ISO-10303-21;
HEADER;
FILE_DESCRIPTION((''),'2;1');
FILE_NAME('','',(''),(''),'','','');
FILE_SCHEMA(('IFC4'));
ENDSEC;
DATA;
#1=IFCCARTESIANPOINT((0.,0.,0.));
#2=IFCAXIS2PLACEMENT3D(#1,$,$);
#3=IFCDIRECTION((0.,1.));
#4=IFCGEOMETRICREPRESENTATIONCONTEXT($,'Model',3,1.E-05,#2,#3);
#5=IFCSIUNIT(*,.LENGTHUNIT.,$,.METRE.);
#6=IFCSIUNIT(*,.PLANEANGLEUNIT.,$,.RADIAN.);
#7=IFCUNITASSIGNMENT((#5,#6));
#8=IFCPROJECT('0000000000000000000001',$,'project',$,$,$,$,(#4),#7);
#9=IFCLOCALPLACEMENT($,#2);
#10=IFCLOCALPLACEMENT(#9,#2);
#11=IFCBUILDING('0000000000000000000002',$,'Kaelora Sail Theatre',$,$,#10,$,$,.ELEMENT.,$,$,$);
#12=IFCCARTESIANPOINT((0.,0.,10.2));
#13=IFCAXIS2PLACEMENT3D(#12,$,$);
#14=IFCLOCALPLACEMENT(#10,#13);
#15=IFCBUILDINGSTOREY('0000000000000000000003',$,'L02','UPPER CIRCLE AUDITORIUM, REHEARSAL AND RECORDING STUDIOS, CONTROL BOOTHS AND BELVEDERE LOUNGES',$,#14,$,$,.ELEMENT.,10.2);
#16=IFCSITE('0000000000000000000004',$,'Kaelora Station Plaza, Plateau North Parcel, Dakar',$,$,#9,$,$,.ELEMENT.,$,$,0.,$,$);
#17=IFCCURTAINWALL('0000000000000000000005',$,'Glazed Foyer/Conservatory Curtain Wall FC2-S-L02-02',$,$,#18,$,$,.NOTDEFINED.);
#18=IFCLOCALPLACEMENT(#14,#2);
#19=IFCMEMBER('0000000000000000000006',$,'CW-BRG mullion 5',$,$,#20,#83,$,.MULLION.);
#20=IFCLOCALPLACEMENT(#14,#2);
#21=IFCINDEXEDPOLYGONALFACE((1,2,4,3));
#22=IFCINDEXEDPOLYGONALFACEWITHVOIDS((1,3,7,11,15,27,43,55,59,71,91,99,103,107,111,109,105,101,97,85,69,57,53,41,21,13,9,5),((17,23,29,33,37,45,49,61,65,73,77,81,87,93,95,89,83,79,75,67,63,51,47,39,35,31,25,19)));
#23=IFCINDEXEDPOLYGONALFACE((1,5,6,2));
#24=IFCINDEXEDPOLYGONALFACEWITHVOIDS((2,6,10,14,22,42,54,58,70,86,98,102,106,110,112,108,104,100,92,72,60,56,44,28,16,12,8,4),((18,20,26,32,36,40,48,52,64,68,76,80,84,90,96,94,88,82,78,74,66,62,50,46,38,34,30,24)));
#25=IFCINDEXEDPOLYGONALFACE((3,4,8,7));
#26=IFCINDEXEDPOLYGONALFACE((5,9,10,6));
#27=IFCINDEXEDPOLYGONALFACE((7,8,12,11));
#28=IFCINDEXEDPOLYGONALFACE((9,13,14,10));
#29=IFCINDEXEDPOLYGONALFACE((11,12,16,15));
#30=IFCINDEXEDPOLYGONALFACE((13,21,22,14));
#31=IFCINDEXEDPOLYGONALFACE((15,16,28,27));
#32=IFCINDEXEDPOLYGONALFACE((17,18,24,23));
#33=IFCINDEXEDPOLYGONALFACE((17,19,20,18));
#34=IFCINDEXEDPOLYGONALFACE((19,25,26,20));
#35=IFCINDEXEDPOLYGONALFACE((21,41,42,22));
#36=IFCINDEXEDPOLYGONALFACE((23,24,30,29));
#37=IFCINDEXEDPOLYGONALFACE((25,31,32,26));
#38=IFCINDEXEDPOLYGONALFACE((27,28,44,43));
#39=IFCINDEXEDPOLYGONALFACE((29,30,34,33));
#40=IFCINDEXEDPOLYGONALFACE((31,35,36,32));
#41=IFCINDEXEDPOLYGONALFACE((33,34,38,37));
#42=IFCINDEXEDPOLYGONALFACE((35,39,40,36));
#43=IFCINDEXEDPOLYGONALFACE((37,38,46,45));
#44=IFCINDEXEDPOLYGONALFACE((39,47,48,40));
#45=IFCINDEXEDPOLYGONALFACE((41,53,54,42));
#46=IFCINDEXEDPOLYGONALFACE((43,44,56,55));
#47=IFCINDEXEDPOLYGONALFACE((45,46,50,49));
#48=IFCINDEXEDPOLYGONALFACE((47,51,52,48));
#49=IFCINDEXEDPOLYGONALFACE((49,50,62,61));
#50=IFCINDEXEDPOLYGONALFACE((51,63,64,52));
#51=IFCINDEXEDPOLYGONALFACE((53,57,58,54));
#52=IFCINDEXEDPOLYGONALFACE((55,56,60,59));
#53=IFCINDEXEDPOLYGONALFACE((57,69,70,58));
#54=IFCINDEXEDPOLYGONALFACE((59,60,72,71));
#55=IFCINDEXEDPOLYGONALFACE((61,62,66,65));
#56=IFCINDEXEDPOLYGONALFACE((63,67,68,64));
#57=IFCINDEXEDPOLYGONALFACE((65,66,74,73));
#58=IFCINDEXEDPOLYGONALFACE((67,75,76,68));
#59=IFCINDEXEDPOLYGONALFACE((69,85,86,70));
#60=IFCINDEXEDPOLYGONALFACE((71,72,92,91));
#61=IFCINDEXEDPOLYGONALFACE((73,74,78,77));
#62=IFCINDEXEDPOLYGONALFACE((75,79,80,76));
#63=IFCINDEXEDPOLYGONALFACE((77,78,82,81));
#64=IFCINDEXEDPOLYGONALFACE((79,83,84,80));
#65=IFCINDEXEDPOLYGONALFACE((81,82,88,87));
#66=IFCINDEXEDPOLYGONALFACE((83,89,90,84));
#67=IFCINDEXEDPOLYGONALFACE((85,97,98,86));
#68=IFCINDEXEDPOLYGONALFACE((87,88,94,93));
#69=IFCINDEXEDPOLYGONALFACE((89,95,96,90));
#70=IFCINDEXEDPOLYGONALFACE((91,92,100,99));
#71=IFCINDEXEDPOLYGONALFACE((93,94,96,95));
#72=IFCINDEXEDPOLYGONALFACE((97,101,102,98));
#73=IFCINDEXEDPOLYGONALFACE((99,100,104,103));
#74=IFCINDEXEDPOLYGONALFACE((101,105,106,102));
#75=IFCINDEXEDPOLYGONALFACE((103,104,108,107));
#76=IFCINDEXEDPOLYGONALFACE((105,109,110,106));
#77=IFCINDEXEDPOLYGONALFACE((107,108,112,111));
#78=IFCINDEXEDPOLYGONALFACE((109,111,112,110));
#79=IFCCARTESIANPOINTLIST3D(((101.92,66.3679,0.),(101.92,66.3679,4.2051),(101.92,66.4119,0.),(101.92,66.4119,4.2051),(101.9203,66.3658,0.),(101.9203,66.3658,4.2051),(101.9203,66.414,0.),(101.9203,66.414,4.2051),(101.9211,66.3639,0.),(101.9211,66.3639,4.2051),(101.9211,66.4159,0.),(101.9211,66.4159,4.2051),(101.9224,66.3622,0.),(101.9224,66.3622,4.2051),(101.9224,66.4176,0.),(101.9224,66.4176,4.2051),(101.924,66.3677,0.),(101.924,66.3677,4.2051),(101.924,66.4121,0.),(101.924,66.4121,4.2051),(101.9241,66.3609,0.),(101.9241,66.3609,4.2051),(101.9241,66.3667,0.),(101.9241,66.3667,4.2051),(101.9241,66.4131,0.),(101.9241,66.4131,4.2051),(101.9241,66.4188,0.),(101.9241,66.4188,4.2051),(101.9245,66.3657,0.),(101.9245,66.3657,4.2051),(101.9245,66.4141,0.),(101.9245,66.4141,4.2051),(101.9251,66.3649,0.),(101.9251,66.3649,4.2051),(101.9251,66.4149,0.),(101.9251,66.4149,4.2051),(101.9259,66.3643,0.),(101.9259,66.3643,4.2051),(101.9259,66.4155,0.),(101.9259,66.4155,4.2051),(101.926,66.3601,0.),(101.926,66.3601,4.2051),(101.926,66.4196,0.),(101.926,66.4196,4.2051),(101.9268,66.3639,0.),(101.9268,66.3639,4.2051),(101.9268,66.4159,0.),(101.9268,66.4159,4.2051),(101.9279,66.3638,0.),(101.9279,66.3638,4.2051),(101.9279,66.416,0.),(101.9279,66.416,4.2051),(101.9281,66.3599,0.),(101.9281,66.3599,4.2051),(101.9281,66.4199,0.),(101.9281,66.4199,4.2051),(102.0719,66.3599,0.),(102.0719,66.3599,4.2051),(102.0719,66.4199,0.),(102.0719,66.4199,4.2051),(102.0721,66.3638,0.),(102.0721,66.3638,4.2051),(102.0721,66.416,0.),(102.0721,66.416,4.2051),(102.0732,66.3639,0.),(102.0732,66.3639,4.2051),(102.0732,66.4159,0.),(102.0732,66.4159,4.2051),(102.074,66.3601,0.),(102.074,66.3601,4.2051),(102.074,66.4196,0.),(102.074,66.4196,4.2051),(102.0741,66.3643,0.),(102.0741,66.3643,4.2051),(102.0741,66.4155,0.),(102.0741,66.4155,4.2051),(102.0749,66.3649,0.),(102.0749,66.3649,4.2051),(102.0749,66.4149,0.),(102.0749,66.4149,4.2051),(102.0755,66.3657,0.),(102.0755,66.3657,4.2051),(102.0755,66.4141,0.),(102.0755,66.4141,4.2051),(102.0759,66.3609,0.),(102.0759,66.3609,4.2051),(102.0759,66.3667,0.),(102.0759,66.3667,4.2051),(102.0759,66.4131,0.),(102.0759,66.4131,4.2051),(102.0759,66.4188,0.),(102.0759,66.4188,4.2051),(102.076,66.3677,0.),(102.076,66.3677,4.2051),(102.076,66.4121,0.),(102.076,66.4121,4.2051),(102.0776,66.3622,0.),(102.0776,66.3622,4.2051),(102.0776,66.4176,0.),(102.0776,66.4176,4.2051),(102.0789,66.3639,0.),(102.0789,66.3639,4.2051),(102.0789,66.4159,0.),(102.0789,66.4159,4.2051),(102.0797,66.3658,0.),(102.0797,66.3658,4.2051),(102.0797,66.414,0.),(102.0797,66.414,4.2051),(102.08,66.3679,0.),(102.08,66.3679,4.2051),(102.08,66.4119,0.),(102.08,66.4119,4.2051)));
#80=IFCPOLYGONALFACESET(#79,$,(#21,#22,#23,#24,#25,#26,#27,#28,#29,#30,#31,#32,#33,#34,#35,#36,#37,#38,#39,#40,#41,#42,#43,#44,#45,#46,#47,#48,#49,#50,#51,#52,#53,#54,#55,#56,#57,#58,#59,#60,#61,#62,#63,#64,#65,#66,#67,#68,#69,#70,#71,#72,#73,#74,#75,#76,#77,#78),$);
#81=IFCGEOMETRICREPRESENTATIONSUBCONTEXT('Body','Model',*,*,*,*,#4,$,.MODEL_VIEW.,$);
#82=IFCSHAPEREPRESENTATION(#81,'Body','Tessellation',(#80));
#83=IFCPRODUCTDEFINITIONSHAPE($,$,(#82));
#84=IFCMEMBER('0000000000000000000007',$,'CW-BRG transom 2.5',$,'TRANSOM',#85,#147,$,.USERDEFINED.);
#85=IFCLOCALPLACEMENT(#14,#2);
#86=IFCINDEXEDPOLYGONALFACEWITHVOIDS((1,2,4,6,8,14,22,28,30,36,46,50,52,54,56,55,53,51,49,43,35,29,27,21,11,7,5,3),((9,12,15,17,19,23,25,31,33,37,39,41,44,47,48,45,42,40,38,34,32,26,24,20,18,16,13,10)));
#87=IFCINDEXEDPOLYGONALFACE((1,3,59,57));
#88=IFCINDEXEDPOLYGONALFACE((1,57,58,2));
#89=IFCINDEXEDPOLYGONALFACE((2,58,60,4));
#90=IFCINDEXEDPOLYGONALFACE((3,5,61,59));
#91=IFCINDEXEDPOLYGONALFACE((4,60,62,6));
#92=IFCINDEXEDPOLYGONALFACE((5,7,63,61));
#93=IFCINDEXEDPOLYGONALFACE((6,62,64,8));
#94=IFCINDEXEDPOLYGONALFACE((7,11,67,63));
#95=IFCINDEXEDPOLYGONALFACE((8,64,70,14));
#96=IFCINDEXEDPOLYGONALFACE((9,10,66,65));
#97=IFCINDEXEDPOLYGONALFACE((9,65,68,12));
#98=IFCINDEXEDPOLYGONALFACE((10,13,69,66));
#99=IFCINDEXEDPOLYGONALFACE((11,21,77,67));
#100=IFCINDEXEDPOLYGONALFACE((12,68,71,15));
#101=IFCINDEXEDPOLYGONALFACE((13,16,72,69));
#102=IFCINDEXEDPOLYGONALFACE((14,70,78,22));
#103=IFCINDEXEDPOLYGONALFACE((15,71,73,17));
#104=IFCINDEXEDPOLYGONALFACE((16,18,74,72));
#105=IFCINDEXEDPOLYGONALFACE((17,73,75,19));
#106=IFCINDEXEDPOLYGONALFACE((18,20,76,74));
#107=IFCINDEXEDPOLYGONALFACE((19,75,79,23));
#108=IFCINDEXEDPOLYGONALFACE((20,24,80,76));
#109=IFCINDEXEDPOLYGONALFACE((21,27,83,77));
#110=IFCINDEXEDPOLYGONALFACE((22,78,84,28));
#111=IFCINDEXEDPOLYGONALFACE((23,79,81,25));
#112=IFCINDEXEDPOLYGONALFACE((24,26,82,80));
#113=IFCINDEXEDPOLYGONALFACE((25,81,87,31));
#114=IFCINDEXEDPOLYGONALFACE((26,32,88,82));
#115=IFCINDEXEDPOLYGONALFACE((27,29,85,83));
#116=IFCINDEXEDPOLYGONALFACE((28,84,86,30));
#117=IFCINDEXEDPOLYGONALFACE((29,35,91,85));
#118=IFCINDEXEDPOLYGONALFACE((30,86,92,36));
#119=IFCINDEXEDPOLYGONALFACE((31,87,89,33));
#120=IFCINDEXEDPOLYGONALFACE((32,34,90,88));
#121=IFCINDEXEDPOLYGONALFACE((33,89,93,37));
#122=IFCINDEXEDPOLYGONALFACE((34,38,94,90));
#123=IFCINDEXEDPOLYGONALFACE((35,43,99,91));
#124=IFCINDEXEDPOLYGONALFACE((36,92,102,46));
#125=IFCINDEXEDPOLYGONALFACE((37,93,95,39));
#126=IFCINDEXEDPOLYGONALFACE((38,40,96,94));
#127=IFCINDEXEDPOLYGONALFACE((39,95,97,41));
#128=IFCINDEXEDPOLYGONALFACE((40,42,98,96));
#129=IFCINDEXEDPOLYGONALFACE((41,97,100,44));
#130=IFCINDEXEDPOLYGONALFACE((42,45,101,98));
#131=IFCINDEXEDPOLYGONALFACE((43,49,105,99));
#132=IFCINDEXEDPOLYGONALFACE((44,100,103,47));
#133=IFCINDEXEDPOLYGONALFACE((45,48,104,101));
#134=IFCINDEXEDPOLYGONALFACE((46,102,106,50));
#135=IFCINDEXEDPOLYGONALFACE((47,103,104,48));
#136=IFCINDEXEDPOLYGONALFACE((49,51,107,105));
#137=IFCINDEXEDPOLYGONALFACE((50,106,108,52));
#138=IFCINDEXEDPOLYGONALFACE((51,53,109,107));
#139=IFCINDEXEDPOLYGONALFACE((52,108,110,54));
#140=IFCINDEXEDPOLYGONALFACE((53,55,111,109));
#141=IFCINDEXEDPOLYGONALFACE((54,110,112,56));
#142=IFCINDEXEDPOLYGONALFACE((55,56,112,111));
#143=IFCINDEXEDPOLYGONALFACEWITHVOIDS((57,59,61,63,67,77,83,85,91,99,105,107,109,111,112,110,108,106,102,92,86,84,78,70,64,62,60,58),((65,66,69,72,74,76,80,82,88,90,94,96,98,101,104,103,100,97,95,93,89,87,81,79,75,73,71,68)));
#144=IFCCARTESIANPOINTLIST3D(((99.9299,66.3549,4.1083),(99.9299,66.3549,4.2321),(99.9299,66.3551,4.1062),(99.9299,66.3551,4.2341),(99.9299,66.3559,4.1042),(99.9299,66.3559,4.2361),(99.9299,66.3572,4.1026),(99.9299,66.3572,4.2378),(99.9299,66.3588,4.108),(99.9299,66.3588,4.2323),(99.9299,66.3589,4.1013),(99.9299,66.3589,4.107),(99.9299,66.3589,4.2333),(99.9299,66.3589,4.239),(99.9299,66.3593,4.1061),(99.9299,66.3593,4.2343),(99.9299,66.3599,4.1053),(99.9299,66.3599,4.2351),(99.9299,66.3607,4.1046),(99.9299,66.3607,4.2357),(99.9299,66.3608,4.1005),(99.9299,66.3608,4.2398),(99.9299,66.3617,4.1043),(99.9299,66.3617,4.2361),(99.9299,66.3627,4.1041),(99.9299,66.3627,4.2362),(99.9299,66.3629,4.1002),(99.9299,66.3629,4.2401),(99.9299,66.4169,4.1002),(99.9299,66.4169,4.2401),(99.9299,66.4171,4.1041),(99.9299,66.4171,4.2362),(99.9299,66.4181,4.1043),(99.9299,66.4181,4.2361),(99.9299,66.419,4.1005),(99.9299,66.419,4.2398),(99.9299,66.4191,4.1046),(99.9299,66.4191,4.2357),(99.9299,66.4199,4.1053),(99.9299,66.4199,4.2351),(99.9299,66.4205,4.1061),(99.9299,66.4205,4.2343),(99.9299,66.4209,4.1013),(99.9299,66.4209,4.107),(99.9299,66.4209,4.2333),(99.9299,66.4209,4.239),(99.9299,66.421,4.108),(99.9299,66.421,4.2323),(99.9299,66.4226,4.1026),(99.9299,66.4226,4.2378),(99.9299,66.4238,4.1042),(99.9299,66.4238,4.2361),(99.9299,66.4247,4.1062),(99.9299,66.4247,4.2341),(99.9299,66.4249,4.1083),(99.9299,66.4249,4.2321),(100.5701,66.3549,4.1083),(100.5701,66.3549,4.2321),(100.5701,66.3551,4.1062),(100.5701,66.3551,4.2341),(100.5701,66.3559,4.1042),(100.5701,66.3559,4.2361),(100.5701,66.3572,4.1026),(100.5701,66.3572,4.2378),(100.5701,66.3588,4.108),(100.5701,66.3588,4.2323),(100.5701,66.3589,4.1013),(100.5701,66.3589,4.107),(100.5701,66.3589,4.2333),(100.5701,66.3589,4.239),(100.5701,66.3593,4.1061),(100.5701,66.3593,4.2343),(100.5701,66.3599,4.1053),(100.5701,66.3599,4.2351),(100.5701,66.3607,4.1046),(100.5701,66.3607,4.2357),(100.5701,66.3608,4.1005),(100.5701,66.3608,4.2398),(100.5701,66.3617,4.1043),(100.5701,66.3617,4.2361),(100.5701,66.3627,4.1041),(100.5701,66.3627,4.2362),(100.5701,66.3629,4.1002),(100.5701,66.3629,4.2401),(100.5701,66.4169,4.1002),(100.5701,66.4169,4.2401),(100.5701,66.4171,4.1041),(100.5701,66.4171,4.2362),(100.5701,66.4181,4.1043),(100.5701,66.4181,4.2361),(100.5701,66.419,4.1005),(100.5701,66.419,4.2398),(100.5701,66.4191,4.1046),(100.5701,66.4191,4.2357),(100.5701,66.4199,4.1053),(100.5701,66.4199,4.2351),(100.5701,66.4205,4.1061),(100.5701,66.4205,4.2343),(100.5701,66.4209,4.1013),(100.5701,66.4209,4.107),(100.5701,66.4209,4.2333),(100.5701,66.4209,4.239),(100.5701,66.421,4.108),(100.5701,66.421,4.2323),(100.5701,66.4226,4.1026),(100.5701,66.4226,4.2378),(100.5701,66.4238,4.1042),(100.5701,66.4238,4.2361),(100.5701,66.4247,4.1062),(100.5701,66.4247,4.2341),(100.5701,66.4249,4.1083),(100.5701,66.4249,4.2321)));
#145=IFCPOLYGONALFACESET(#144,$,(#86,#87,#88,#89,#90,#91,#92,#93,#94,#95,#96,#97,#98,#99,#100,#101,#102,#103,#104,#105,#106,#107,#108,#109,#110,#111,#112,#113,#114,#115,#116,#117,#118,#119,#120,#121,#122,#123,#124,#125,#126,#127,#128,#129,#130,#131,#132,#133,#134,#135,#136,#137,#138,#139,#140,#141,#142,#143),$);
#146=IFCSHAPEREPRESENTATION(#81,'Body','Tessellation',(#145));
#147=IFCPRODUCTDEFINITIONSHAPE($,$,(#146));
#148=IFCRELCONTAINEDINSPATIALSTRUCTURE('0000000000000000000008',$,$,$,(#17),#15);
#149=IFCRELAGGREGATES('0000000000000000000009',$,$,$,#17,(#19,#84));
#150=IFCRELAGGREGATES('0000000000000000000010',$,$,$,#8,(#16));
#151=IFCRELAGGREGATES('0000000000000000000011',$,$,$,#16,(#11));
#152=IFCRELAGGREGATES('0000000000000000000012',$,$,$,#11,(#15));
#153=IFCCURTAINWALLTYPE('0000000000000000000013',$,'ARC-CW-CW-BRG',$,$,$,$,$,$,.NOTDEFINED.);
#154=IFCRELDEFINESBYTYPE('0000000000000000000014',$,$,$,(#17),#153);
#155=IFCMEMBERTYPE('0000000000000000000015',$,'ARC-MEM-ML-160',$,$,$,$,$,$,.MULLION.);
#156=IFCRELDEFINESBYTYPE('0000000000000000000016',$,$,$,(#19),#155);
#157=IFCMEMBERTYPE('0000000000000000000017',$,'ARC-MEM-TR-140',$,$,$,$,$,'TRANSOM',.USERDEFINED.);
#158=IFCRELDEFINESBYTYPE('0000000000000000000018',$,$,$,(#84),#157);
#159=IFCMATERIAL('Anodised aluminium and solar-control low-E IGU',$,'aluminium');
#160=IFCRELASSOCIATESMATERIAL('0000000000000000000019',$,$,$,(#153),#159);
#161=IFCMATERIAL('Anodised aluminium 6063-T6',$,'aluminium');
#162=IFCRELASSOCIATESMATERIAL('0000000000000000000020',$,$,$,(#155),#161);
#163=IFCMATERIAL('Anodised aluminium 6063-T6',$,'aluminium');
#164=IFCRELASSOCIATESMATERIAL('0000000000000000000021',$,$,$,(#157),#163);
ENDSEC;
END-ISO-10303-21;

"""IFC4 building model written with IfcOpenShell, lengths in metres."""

from ifc_helpers import new_model, si_unit, direction, frame, origin, origin_2d, place, context, subcontext, project, spatial, hollow_rectangle, extrude, material, material_profile, profile_set, type_object, element, aggregate, save


model = new_model("IFC4")

# Units and contexts
model_context = context("Model", 3, precision=1e-05, world=origin(), true_north=direction((0.0, 1.0)))
body_context = subcontext(model_context, "Body", "Model", "MODEL_VIEW")
ifc_project = project(units=[si_unit("LENGTHUNIT", "METRE"), si_unit("PLANEANGLEUNIT", "RADIAN")], contexts=[model_context])

# Site, building, storey
site_placement = place(None, origin())
site = spatial("IfcSite", under=ifc_project, at=site_placement, Name="Kaelora Station Plaza, Plateau North Parcel, Dakar", CompositionType="ELEMENT", RefElevation=0.0)
building_placement = place(site_placement, origin())
building = spatial("IfcBuilding", under=site, at=building_placement, Name="Kaelora Sail Theatre", CompositionType="ELEMENT")
storey_placement = place(building_placement, frame((0.0, 0.0, 10.2)))
storey = spatial("IfcBuildingStorey", under=building, at=storey_placement, Name="L02", Description="UPPER CIRCLE AUDITORIUM, REHEARSAL AND RECORDING STUDIOS, CONTROL BOOTHS AND BELVEDERE LOUNGES", CompositionType="ELEMENT", Elevation=10.2)

# Curtain wall, members
ifc_material_1 = material(Name="Anodised aluminium and solar-control low-E IGU", Category="aluminium")
curtain_wall_type = type_object("IfcCurtainWallType", Name="ARC-CW-CW-BRG", PredefinedType="NOTDEFINED", material=ifc_material_1)
curtain_wall_placement = place(storey_placement, origin())
curtain_wall = element("IfcCurtainWall", 1, at=curtain_wall_placement, inside=storey, type_object=curtain_wall_type, Name="Glazed Foyer/Conservatory Curtain Wall FC2-S-L02-02", PredefinedType="NOTDEFINED")
ifc_material_2 = material(Name="Anodised aluminium 6063-T6", Category="aluminium")
ifc_material_profile_1 = material_profile(ifc_material_2, hollow_rectangle(XDim=0.0601, YDim=0.1599, WallThickness=0.0039, InnerFilletRadius=0.0039, OuterFilletRadius=0.0081, at=origin_2d()), Name="ALU-MULL 60x160x4")
ifc_profile_set_1 = profile_set([ifc_material_profile_1], Name="Anodised aluminium 6063-T6")
member_type_1 = type_object("IfcMemberType", Name="ARC-MEM-ML-160", PredefinedType="MULLION", material=ifc_profile_set_1)
member_1_placement = place(storey_placement, frame((102.0, 66.3899, 0.0), z_axis=(0.0, 0.0, 1.0), x_axis=(0.0, 1.0, 0.0)))
member_1 = element("IfcMember", 2, at=member_1_placement, type_object=member_type_1, Name="CW-BRG mullion 5", PredefinedType="MULLION", context=body_context, shape_type="SweptSolid", body=[
    extrude(hollow_rectangle(XDim=0.0601, YDim=0.1599, WallThickness=0.0039, InnerFilletRadius=0.0039, OuterFilletRadius=0.0081, at=origin_2d()), origin(), (0.0, 0.0, 1.0), 4.2051),
])
ifc_material_3 = material(Name="Anodised aluminium 6063-T6", Category="aluminium")
ifc_material_profile_2 = material_profile(ifc_material_3, hollow_rectangle(XDim=0.0701, YDim=0.1399, WallThickness=0.0039, InnerFilletRadius=0.0039, OuterFilletRadius=0.0081, at=origin_2d()), Name="ALU-TRAN 70x140x4")
ifc_profile_set_2 = profile_set([ifc_material_profile_2], Name="Anodised aluminium 6063-T6")
member_type_2 = type_object("IfcMemberType", Name="ARC-MEM-TR-140", ElementType="TRANSOM", PredefinedType="USERDEFINED", material=ifc_profile_set_2)
member_2_placement = place(storey_placement, frame((99.9299, 66.3899, 4.1702), z_axis=(1.0, 0.0, 0.0), x_axis=(0.0, 1.0, 0.0)))
member_2 = element("IfcMember", 3, at=member_2_placement, type_object=member_type_2, Name="CW-BRG transom 2.5", ObjectType="TRANSOM", PredefinedType="USERDEFINED", context=body_context, shape_type="SweptSolid", body=[
    extrude(hollow_rectangle(XDim=0.0701, YDim=0.1399, WallThickness=0.0039, InnerFilletRadius=0.0039, OuterFilletRadius=0.0081, at=origin_2d()), origin(), (0.0, 0.0, 1.0), 0.6401),
])
aggregate(curtain_wall, [member_1, member_2])

save(model, "model.ifc")
